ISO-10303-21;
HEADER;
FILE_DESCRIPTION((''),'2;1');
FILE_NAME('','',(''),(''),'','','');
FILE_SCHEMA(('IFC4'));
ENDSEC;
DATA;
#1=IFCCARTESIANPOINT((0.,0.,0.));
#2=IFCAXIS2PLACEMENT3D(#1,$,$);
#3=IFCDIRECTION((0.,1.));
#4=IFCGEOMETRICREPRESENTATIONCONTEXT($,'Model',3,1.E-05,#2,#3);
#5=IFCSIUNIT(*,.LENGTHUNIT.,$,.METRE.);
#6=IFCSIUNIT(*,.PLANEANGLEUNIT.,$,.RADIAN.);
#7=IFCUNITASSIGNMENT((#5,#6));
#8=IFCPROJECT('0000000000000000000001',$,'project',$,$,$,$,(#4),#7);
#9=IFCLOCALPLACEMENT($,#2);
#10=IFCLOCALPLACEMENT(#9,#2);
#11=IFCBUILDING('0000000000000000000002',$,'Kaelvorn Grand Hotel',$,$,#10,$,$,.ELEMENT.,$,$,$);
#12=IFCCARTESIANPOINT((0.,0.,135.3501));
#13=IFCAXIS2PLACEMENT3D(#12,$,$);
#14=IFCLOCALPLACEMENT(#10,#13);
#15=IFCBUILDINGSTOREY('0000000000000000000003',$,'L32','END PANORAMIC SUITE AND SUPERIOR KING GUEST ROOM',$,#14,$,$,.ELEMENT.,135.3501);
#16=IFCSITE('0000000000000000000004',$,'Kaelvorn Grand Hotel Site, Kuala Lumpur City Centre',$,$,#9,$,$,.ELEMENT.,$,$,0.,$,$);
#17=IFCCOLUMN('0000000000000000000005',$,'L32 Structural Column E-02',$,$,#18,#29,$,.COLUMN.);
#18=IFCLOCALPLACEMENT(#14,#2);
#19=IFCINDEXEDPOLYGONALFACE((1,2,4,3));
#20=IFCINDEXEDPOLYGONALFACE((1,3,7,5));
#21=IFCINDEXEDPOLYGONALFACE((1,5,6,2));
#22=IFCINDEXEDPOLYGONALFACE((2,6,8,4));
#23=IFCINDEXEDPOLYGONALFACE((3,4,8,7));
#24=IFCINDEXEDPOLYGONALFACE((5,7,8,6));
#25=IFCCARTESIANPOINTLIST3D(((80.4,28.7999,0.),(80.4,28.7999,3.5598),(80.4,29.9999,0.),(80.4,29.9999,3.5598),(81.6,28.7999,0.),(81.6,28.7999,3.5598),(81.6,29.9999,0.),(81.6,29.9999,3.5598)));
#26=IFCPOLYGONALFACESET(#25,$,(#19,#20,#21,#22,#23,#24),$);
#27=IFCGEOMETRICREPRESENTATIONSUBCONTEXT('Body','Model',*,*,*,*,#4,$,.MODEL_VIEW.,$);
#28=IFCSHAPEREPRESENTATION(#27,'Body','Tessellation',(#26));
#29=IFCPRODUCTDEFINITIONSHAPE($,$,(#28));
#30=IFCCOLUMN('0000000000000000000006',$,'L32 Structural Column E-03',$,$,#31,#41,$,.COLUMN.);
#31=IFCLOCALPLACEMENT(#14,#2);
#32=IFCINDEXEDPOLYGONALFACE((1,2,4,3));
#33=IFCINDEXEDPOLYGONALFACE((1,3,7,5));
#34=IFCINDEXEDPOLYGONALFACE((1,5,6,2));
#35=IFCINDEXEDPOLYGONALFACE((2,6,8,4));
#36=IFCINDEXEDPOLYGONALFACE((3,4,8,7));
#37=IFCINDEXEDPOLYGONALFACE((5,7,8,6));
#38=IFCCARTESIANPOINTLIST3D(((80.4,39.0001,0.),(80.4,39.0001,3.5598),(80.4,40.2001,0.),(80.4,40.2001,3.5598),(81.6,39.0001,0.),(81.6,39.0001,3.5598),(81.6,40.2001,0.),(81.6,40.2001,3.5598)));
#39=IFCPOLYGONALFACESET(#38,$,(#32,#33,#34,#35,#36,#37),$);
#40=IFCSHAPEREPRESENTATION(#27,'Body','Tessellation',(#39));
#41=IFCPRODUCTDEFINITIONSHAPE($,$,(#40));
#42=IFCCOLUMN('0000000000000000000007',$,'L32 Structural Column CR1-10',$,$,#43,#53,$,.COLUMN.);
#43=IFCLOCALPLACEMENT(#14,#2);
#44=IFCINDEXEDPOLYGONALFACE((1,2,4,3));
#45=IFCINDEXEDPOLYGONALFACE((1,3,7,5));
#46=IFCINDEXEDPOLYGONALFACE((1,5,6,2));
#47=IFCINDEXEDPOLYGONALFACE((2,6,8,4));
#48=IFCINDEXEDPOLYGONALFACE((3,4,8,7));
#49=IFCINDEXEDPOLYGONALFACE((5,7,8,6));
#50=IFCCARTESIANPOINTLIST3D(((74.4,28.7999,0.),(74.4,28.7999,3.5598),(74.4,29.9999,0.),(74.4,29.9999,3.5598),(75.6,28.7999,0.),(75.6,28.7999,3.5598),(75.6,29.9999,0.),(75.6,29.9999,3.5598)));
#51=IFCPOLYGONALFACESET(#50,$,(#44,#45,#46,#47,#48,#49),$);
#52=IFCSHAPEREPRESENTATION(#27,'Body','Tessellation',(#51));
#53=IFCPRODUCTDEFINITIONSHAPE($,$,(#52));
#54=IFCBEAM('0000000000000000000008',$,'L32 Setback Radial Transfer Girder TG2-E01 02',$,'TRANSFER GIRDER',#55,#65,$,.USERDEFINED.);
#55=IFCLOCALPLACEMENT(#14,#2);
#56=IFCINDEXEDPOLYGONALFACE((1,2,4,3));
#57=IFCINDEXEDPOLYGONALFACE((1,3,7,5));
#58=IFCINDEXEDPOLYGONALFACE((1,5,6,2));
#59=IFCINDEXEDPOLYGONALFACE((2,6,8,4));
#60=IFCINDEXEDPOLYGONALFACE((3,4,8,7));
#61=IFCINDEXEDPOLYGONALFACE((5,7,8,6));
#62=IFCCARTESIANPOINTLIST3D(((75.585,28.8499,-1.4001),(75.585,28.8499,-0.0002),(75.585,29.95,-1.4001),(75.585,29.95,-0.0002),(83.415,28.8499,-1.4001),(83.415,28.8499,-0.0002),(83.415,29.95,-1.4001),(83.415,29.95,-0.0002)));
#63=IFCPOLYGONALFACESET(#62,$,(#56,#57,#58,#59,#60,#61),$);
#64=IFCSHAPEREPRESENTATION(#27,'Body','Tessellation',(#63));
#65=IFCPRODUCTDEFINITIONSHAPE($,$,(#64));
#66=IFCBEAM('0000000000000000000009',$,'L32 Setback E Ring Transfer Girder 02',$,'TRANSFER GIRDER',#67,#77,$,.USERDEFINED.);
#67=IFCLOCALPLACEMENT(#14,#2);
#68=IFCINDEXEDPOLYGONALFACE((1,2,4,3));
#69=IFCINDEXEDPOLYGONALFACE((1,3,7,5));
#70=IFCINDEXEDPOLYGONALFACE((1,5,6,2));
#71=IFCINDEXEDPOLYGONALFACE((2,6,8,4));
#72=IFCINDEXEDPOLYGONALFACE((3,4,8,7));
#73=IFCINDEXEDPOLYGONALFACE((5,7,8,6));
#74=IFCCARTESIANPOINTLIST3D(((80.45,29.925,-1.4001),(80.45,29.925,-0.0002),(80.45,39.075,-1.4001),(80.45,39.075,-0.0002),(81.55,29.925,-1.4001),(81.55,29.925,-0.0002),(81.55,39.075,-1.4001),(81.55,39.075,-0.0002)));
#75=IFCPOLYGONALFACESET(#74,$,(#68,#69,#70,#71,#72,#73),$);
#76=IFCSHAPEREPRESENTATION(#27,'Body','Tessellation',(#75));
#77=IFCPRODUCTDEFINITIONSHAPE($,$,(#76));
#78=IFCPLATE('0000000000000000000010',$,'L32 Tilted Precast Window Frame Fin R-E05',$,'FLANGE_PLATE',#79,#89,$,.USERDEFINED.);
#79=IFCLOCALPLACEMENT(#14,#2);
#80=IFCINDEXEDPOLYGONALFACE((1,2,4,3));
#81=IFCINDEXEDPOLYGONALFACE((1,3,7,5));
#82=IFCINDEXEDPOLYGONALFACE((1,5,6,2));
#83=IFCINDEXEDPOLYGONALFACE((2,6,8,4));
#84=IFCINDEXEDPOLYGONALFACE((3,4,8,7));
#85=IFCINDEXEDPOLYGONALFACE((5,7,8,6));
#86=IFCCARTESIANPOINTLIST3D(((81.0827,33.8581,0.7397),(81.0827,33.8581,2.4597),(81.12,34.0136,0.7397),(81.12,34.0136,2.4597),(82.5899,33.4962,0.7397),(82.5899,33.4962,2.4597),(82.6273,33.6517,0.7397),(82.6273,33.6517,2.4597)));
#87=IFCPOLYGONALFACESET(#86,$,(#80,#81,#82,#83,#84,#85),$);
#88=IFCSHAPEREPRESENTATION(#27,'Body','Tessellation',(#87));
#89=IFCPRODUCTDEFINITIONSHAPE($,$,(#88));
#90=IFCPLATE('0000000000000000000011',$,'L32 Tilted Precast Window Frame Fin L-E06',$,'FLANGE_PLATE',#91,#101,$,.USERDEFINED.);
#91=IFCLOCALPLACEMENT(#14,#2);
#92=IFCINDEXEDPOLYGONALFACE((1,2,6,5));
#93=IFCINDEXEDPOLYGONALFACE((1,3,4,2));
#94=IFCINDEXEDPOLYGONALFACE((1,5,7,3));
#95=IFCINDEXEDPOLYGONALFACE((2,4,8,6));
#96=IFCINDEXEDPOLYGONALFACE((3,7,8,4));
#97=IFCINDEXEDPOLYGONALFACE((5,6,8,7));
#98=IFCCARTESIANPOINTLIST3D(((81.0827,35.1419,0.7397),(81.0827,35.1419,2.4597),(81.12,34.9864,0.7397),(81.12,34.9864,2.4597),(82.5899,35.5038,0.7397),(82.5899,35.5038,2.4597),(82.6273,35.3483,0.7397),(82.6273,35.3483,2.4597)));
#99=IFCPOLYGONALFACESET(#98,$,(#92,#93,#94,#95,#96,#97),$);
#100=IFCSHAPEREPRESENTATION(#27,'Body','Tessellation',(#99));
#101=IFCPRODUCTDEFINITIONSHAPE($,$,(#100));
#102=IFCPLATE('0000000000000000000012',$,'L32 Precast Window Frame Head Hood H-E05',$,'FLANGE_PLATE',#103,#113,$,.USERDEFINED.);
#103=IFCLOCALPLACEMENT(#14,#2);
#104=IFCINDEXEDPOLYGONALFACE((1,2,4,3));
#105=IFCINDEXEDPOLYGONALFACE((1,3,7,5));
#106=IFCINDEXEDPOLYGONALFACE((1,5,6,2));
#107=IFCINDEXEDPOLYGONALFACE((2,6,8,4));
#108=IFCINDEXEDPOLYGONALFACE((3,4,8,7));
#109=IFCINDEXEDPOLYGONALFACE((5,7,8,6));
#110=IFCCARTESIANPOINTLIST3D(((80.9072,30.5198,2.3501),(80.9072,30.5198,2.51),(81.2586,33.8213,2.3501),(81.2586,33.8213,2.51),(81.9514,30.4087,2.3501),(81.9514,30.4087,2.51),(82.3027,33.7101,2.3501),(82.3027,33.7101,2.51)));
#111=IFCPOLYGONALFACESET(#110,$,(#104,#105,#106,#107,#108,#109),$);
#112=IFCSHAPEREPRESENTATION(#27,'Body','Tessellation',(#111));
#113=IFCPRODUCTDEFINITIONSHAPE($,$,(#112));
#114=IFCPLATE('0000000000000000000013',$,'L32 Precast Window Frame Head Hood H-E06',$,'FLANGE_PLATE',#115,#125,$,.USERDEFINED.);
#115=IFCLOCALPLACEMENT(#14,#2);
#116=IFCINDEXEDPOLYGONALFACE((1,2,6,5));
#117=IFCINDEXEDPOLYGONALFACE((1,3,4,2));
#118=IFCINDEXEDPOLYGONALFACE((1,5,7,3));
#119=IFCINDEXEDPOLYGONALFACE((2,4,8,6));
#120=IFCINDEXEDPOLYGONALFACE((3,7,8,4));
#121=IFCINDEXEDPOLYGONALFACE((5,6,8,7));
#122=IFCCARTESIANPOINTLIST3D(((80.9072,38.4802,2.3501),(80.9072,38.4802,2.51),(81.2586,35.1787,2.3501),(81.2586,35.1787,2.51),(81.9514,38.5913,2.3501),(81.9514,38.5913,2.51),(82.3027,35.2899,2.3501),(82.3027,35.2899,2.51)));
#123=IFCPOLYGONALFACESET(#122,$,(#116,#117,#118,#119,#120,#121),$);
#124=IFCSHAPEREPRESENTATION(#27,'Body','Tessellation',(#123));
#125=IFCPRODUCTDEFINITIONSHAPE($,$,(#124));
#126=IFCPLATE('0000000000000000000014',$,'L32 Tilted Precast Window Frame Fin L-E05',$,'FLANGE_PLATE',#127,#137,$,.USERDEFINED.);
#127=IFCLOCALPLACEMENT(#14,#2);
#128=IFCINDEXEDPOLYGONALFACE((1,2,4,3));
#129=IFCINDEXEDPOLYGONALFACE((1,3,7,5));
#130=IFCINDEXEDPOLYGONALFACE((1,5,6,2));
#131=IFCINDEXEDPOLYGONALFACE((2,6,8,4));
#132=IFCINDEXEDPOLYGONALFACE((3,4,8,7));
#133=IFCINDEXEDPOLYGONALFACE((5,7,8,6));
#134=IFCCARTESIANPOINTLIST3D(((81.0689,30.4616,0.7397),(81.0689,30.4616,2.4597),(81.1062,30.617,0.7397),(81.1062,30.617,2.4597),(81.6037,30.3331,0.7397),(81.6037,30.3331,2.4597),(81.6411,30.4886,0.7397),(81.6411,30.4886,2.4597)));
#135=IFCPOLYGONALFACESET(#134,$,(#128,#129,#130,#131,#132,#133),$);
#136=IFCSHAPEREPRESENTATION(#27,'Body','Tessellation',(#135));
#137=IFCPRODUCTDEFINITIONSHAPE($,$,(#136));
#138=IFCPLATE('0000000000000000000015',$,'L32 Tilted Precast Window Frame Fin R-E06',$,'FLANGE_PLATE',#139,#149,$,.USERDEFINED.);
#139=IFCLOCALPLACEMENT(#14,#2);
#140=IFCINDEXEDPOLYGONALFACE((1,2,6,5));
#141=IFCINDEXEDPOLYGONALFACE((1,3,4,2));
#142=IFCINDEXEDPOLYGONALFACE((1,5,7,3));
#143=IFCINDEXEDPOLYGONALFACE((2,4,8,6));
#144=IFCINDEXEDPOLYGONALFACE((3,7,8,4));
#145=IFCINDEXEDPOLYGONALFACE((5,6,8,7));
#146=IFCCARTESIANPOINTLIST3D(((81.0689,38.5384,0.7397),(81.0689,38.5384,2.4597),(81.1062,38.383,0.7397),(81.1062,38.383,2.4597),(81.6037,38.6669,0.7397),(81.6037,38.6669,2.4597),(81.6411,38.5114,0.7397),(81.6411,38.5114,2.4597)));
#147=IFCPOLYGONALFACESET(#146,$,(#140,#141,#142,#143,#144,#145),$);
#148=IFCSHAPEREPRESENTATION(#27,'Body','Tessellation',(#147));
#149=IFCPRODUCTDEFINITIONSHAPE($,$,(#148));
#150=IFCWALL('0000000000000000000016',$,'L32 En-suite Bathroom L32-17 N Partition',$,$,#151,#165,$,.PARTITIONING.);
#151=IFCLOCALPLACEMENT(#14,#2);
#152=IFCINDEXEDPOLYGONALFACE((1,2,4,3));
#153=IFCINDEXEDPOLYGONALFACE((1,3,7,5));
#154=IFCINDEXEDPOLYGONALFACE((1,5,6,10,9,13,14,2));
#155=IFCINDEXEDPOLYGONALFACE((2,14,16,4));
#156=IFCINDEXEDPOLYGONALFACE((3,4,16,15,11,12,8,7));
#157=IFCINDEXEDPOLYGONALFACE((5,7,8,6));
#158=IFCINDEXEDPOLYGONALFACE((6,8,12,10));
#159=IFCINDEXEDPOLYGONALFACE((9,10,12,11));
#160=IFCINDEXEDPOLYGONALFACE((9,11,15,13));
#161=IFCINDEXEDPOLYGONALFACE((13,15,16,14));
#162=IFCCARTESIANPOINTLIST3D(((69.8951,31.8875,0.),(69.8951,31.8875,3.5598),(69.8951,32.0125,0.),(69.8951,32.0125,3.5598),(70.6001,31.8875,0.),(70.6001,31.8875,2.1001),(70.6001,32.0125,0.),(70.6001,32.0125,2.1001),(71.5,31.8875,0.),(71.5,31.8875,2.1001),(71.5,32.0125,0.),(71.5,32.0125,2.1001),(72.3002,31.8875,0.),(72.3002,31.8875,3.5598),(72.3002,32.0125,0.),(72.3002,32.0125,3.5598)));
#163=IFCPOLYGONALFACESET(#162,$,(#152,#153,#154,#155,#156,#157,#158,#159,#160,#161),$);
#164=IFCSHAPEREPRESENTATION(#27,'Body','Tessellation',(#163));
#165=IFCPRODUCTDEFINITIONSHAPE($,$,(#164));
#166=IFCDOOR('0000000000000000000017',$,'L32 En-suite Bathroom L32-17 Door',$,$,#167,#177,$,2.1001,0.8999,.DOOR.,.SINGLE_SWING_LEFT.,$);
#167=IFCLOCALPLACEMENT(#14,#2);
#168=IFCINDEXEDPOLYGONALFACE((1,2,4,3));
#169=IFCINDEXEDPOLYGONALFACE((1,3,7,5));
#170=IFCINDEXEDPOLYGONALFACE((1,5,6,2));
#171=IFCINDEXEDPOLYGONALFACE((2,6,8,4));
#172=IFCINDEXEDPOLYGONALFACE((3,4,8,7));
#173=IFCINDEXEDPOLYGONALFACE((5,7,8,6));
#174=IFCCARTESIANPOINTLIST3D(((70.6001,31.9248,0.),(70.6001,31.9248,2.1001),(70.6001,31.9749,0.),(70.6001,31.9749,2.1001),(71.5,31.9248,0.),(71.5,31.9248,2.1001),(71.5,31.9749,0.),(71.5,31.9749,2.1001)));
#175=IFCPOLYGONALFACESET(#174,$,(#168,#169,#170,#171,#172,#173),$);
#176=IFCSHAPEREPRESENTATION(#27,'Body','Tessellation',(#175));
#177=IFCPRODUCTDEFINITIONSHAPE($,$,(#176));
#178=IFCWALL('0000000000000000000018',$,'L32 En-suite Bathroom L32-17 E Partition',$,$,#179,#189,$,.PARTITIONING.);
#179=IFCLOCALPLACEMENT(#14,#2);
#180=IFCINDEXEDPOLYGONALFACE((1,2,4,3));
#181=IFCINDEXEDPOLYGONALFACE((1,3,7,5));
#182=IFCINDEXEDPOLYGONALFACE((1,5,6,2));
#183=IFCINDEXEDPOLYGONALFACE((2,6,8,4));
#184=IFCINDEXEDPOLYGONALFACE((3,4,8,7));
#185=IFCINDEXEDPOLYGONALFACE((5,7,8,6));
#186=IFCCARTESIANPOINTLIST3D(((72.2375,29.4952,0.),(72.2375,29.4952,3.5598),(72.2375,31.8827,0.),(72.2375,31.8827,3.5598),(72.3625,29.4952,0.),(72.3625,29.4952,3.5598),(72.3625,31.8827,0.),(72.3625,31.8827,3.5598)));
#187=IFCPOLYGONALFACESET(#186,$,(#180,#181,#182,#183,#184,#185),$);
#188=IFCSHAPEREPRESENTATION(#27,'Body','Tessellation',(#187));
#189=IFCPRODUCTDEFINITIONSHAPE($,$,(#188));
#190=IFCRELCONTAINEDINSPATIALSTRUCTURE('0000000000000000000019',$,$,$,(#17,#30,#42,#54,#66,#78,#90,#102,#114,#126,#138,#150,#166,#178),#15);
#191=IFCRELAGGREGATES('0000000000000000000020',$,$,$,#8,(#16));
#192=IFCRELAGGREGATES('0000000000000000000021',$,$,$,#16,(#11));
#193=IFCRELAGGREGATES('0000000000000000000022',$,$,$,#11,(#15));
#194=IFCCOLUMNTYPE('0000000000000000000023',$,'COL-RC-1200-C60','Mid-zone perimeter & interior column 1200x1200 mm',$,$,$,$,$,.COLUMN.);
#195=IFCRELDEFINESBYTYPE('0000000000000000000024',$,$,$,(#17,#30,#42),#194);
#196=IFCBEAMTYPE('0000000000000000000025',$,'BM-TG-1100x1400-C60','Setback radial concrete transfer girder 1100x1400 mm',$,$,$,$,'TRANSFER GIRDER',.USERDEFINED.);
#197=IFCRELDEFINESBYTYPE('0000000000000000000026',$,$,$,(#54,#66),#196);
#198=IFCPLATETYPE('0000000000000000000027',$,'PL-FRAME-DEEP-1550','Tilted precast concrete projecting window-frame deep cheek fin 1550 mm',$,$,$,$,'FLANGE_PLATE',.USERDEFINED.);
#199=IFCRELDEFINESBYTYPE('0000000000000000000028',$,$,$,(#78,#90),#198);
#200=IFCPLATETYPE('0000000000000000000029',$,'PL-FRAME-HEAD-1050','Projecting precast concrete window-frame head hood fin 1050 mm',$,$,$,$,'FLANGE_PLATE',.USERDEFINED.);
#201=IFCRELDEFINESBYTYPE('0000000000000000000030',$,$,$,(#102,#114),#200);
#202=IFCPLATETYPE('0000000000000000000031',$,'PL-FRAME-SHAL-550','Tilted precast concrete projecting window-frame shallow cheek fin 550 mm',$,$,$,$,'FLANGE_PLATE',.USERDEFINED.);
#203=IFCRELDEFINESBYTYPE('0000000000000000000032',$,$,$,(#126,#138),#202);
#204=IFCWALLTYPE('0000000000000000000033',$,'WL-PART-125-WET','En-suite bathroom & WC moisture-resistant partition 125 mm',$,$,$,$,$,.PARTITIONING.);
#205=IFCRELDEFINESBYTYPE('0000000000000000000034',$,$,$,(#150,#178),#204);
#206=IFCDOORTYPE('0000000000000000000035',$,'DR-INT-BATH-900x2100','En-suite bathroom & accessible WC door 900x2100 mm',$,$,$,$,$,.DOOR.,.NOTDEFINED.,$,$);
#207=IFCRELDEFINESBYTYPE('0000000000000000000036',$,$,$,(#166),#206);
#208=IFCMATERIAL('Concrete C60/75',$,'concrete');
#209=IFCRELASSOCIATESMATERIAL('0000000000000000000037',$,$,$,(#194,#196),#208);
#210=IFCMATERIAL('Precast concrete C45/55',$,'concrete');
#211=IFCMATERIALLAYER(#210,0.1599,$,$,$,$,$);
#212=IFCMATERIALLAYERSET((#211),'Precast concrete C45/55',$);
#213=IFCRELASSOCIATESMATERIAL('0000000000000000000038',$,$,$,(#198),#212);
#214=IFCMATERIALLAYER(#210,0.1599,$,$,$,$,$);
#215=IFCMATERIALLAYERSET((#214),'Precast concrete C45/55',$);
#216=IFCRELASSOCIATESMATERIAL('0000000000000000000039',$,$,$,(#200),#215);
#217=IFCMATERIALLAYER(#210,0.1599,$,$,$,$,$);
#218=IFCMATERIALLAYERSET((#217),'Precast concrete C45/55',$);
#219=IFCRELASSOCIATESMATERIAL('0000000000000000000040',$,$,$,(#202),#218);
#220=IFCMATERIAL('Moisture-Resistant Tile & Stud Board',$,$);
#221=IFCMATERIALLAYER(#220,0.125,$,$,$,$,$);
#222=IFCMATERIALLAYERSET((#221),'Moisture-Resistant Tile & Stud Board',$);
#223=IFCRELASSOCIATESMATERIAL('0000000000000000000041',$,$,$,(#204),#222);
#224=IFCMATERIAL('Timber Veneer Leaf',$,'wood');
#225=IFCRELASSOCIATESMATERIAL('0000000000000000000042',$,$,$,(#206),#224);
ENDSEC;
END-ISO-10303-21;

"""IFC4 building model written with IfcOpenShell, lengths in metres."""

from ifc_helpers import new_model, si_unit, direction, frame, frame_2d, origin, origin_2d, place, context, subcontext, project, spatial, rectangle, extrude, material, layer, layer_set, material_profile, profile_set, type_object, element, fill, save


model = new_model("IFC4")

# Units and contexts
model_context = context("Model", 3, precision=1e-05, world=origin(), true_north=direction((0.0, 1.0)))
body_context = subcontext(model_context, "Body", "Model", "MODEL_VIEW")
ifc_project = project(units=[si_unit("LENGTHUNIT", "METRE"), si_unit("PLANEANGLEUNIT", "RADIAN")], contexts=[model_context])

# Site, building, storey
site_placement = place(None, origin())
site = spatial("IfcSite", under=ifc_project, at=site_placement, Name="Kaelvorn Grand Hotel Site, Kuala Lumpur City Centre", CompositionType="ELEMENT", RefElevation=0.0)
building_placement = place(site_placement, origin())
building = spatial("IfcBuilding", under=site, at=building_placement, Name="Kaelvorn Grand Hotel", CompositionType="ELEMENT")
storey_placement = place(building_placement, frame((0.0, 0.0, 135.3501)))
storey = spatial("IfcBuildingStorey", under=building, at=storey_placement, Name="L32", Description="END PANORAMIC SUITE AND SUPERIOR KING GUEST ROOM", CompositionType="ELEMENT", Elevation=135.3501)

# Columns
ifc_material_1 = material(Name="Concrete C60/75", Category="concrete")
ifc_material_profile_1 = material_profile(ifc_material_1, rectangle(XDim=1.2, YDim=1.2, at=origin_2d()), Name="RC COL 1200x1200")
ifc_profile_set_1 = profile_set([ifc_material_profile_1], Name="Concrete C60/75")
column_type = type_object("IfcColumnType", Name="COL-RC-1200-C60", Description="Mid-zone perimeter & interior column 1200x1200 mm", PredefinedType="COLUMN", material=ifc_profile_set_1)
for number, where, z_axis, x_axis, name in (
    (1, (81.0, 29.3999, 0.0), (0.0, 0.0, 1.0), (1.0, 0.0, 0.0), "L32 Structural Column E-02"),
    (2, (81.0, 39.6001, 0.0), (0.0, 0.0, 1.0), (1.0, 0.0, 0.0), "L32 Structural Column E-03"),
    (3, (75.0, 29.3999, 0.0), (0.0, 0.0, 1.0), (1.0, 0.0, 0.0), "L32 Structural Column CR1-10"),
):
    element("IfcColumn", number, at=place(storey_placement, frame(where, z_axis=z_axis, x_axis=x_axis)), inside=storey, type_object=column_type, Name=name, PredefinedType="COLUMN", context=body_context, shape_type="SweptSolid", body=[
        extrude(rectangle(XDim=1.2, YDim=1.2, at=origin_2d()), origin(), (0.0, 0.0, 1.0), 3.5598),
    ])

# Beams
ifc_material_profile_2 = material_profile(ifc_material_1, rectangle(XDim=1.1001, YDim=1.3999, at=origin_2d()), Name="RC TG 1100x1400")
ifc_profile_set_2 = profile_set([ifc_material_profile_2], Name="Concrete C60/75")
beam_type = type_object("IfcBeamType", Name="BM-TG-1100x1400-C60", Description="Setback radial concrete transfer girder 1100x1400 mm", ElementType="TRANSFER GIRDER", PredefinedType="USERDEFINED", material=ifc_profile_set_2)
beam_1_placement = place(storey_placement, frame((75.585, 29.3999, -0.7002), z_axis=(1.0, 0.0, 0.0), x_axis=(0.0, 1.0, 0.0)))
element("IfcBeam", 4, at=beam_1_placement, inside=storey, type_object=beam_type, Name="L32 Setback Radial Transfer Girder TG2-E01 02", ObjectType="TRANSFER GIRDER", PredefinedType="USERDEFINED", context=body_context, shape_type="SweptSolid", body=[
    extrude(rectangle(XDim=1.1001, YDim=1.3999, at=origin_2d()), origin(), (0.0, 0.0, 1.0), 7.8301),
])
beam_2_placement = place(storey_placement, frame((81.0, 29.925, -0.7002), z_axis=(0.0, 1.0, 0.0), x_axis=(-1.0, 0.0, 0.0)))
element("IfcBeam", 5, at=beam_2_placement, inside=storey, type_object=beam_type, Name="L32 Setback E Ring Transfer Girder 02", ObjectType="TRANSFER GIRDER", PredefinedType="USERDEFINED", context=body_context, shape_type="SweptSolid", body=[
    extrude(rectangle(XDim=1.1001, YDim=1.3999, at=origin_2d()), origin(), (0.0, 0.0, 1.0), 9.1499),
])

# Plates
ifc_material_2 = material(Name="Precast concrete C45/55", Category="concrete")
ifc_layer_1 = layer(ifc_material_2, 0.1599)
ifc_layer_set_1 = layer_set([ifc_layer_1], Name="Precast concrete C45/55")
plate_type_1 = type_object("IfcPlateType", Name="PL-FRAME-DEEP-1550", Description="Tilted precast concrete projecting window-frame deep cheek fin 1550 mm", ElementType="FLANGE_PLATE", PredefinedType="USERDEFINED", material=ifc_layer_set_1)
for number, where, z_axis, x_axis, name in (
    (6, (81.855, 33.7549, 0.7397), (0.0, 0.0, 1.0), (0.233445, 0.97237, 0.0), "L32 Tilted Precast Window Frame Fin R-E05"),
    (7, (81.855, 35.2451, 0.7397), (0.0, 0.0, 1.0), (-0.233445, 0.97237, 0.0), "L32 Tilted Precast Window Frame Fin L-E06"),
):
    element("IfcPlate", number, at=place(storey_placement, frame(where, z_axis=z_axis, x_axis=x_axis)), inside=storey, type_object=plate_type_1, Name=name, ObjectType="FLANGE_PLATE", PredefinedType="USERDEFINED", context=body_context, shape_type="SweptSolid", body=[
        extrude(rectangle(XDim=0.1599, YDim=1.55, at=origin_2d()), origin(), (0.0, 0.0, 1.0), 1.72),
    ])
ifc_layer_2 = layer(ifc_material_2, 0.1599)
ifc_layer_set_2 = layer_set([ifc_layer_2], Name="Precast concrete C45/55")
plate_type_2 = type_object("IfcPlateType", Name="PL-FRAME-HEAD-1050", Description="Projecting precast concrete window-frame head hood fin 1050 mm", ElementType="FLANGE_PLATE", PredefinedType="USERDEFINED", material=ifc_layer_set_2)
for number, where, z_axis, x_axis, name in (
    (8, (81.605, 32.115, 2.3501), (0.0, 0.0, 1.0), (0.10583, 0.994384, 0.0), "L32 Precast Window Frame Head Hood H-E05"),
    (9, (81.605, 36.885, 2.3501), (0.0, 0.0, 1.0), (-0.10583, 0.994384, 0.0), "L32 Precast Window Frame Head Hood H-E06"),
):
    element("IfcPlate", number, at=place(storey_placement, frame(where, z_axis=z_axis, x_axis=x_axis)), inside=storey, type_object=plate_type_2, Name=name, ObjectType="FLANGE_PLATE", PredefinedType="USERDEFINED", context=body_context, shape_type="SweptSolid", body=[
        extrude(rectangle(XDim=3.3201, YDim=1.05, at=origin_2d()), origin(), (0.0, 0.0, 1.0), 0.1599),
    ])
ifc_layer_3 = layer(ifc_material_2, 0.1599)
ifc_layer_set_3 = layer_set([ifc_layer_3], Name="Precast concrete C45/55")
plate_type_3 = type_object("IfcPlateType", Name="PL-FRAME-SHAL-550", Description="Tilted precast concrete projecting window-frame shallow cheek fin 550 mm", ElementType="FLANGE_PLATE", PredefinedType="USERDEFINED", material=ifc_layer_set_3)
for number, where, z_axis, x_axis, name in (
    (10, (81.355, 30.4751, 0.7397), (0.0, 0.0, 1.0), (0.233445, 0.97237, 0.0), "L32 Tilted Precast Window Frame Fin L-E05"),
    (11, (81.355, 38.5249, 0.7397), (0.0, 0.0, 1.0), (-0.233445, 0.97237, 0.0), "L32 Tilted Precast Window Frame Fin R-E06"),
):
    element("IfcPlate", number, at=place(storey_placement, frame(where, z_axis=z_axis, x_axis=x_axis)), inside=storey, type_object=plate_type_3, Name=name, ObjectType="FLANGE_PLATE", PredefinedType="USERDEFINED", context=body_context, shape_type="SweptSolid", body=[
        extrude(rectangle(XDim=0.1599, YDim=0.55, at=origin_2d()), origin(), (0.0, 0.0, 1.0), 1.72),
    ])

# Wall, opening, door
ifc_material_3 = material(Name="Moisture-Resistant Tile & Stud Board")
ifc_layer_4 = layer(ifc_material_3, 0.125)
ifc_layer_set_4 = layer_set([ifc_layer_4], Name="Moisture-Resistant Tile & Stud Board")
wall_type_1 = type_object("IfcWallType", Name="WL-PART-125-WET", Description="En-suite bathroom & WC moisture-resistant partition 125 mm", PredefinedType="PARTITIONING", material=ifc_layer_set_4)
wall_1_placement = place(storey_placement, frame((69.895, 31.95, 0.0), z_axis=(0.0, 0.0, 1.0), x_axis=(1.0, 0.0, 0.0)))
wall_1 = element("IfcWall", 12, at=wall_1_placement, inside=storey, type_object=wall_type_1, Name="L32 En-suite Bathroom L32-17 N Partition", PredefinedType="PARTITIONING", context=body_context, shape_type="SweptSolid", body=[
    extrude(rectangle(XDim=2.405, YDim=0.125, at=frame_2d((1.2026, 0.0))), origin(), (0.0, 0.0, 1.0), 3.5598),
])
opening_1_placement = place(wall_1_placement, frame((0.7051, 0.0, 0.0)))
opening_1 = element("IfcOpeningElement", 13, at=opening_1_placement, cuts=wall_1, PredefinedType="OPENING", context=body_context, shape_type="SweptSolid", body=[
    extrude(rectangle(XDim=0.8999, YDim=2.1001, at=frame_2d((0.45, 1.05))), frame((0.0, 0.0725, 0.0), z_axis=(0.0, -1.0, 0.0), x_axis=(1.0, 0.0, 0.0)), (0.0, 0.0, 1.0), 0.145),
])
ifc_material_4 = material(Name="Timber Veneer Leaf", Category="wood")
door_type_1 = type_object("IfcDoorType", Name="DR-INT-BATH-900x2100", Description="En-suite bathroom & accessible WC door 900x2100 mm", OperationType="NOTDEFINED", PredefinedType="DOOR", material=ifc_material_4)
door_1_placement = place(opening_1_placement, origin())
door_1 = element("IfcDoor", 14, at=door_1_placement, inside=storey, type_object=door_type_1, Name="L32 En-suite Bathroom L32-17 Door", OperationType="SINGLE_SWING_LEFT", OverallHeight=2.1001, OverallWidth=0.8999, PredefinedType="DOOR", context=body_context, shape_type="SweptSolid", body=[
    extrude(rectangle(XDim=0.8999, YDim=2.1001, at=frame_2d((0.45, 1.05))), frame((0.0, 0.0249, 0.0), z_axis=(0.0, -1.0, 0.0), x_axis=(1.0, 0.0, 0.0)), (0.0, 0.0, 1.0), 0.05),
])
fill(opening_1, door_1)

# Wall
wall_2_placement = place(storey_placement, frame((72.3, 29.4951, 0.0), z_axis=(0.0, 0.0, 1.0), x_axis=(0.0, 1.0, 0.0)))
element("IfcWall", 15, at=wall_2_placement, inside=storey, type_object=wall_type_1, Name="L32 En-suite Bathroom L32-17 E Partition", PredefinedType="PARTITIONING", context=body_context, shape_type="SweptSolid", body=[
    extrude(rectangle(XDim=2.3875, YDim=0.125, at=frame_2d((1.1938, 0.0))), origin(), (0.0, 0.0, 1.0), 3.5598),
])

save(model, "model.ifc")
